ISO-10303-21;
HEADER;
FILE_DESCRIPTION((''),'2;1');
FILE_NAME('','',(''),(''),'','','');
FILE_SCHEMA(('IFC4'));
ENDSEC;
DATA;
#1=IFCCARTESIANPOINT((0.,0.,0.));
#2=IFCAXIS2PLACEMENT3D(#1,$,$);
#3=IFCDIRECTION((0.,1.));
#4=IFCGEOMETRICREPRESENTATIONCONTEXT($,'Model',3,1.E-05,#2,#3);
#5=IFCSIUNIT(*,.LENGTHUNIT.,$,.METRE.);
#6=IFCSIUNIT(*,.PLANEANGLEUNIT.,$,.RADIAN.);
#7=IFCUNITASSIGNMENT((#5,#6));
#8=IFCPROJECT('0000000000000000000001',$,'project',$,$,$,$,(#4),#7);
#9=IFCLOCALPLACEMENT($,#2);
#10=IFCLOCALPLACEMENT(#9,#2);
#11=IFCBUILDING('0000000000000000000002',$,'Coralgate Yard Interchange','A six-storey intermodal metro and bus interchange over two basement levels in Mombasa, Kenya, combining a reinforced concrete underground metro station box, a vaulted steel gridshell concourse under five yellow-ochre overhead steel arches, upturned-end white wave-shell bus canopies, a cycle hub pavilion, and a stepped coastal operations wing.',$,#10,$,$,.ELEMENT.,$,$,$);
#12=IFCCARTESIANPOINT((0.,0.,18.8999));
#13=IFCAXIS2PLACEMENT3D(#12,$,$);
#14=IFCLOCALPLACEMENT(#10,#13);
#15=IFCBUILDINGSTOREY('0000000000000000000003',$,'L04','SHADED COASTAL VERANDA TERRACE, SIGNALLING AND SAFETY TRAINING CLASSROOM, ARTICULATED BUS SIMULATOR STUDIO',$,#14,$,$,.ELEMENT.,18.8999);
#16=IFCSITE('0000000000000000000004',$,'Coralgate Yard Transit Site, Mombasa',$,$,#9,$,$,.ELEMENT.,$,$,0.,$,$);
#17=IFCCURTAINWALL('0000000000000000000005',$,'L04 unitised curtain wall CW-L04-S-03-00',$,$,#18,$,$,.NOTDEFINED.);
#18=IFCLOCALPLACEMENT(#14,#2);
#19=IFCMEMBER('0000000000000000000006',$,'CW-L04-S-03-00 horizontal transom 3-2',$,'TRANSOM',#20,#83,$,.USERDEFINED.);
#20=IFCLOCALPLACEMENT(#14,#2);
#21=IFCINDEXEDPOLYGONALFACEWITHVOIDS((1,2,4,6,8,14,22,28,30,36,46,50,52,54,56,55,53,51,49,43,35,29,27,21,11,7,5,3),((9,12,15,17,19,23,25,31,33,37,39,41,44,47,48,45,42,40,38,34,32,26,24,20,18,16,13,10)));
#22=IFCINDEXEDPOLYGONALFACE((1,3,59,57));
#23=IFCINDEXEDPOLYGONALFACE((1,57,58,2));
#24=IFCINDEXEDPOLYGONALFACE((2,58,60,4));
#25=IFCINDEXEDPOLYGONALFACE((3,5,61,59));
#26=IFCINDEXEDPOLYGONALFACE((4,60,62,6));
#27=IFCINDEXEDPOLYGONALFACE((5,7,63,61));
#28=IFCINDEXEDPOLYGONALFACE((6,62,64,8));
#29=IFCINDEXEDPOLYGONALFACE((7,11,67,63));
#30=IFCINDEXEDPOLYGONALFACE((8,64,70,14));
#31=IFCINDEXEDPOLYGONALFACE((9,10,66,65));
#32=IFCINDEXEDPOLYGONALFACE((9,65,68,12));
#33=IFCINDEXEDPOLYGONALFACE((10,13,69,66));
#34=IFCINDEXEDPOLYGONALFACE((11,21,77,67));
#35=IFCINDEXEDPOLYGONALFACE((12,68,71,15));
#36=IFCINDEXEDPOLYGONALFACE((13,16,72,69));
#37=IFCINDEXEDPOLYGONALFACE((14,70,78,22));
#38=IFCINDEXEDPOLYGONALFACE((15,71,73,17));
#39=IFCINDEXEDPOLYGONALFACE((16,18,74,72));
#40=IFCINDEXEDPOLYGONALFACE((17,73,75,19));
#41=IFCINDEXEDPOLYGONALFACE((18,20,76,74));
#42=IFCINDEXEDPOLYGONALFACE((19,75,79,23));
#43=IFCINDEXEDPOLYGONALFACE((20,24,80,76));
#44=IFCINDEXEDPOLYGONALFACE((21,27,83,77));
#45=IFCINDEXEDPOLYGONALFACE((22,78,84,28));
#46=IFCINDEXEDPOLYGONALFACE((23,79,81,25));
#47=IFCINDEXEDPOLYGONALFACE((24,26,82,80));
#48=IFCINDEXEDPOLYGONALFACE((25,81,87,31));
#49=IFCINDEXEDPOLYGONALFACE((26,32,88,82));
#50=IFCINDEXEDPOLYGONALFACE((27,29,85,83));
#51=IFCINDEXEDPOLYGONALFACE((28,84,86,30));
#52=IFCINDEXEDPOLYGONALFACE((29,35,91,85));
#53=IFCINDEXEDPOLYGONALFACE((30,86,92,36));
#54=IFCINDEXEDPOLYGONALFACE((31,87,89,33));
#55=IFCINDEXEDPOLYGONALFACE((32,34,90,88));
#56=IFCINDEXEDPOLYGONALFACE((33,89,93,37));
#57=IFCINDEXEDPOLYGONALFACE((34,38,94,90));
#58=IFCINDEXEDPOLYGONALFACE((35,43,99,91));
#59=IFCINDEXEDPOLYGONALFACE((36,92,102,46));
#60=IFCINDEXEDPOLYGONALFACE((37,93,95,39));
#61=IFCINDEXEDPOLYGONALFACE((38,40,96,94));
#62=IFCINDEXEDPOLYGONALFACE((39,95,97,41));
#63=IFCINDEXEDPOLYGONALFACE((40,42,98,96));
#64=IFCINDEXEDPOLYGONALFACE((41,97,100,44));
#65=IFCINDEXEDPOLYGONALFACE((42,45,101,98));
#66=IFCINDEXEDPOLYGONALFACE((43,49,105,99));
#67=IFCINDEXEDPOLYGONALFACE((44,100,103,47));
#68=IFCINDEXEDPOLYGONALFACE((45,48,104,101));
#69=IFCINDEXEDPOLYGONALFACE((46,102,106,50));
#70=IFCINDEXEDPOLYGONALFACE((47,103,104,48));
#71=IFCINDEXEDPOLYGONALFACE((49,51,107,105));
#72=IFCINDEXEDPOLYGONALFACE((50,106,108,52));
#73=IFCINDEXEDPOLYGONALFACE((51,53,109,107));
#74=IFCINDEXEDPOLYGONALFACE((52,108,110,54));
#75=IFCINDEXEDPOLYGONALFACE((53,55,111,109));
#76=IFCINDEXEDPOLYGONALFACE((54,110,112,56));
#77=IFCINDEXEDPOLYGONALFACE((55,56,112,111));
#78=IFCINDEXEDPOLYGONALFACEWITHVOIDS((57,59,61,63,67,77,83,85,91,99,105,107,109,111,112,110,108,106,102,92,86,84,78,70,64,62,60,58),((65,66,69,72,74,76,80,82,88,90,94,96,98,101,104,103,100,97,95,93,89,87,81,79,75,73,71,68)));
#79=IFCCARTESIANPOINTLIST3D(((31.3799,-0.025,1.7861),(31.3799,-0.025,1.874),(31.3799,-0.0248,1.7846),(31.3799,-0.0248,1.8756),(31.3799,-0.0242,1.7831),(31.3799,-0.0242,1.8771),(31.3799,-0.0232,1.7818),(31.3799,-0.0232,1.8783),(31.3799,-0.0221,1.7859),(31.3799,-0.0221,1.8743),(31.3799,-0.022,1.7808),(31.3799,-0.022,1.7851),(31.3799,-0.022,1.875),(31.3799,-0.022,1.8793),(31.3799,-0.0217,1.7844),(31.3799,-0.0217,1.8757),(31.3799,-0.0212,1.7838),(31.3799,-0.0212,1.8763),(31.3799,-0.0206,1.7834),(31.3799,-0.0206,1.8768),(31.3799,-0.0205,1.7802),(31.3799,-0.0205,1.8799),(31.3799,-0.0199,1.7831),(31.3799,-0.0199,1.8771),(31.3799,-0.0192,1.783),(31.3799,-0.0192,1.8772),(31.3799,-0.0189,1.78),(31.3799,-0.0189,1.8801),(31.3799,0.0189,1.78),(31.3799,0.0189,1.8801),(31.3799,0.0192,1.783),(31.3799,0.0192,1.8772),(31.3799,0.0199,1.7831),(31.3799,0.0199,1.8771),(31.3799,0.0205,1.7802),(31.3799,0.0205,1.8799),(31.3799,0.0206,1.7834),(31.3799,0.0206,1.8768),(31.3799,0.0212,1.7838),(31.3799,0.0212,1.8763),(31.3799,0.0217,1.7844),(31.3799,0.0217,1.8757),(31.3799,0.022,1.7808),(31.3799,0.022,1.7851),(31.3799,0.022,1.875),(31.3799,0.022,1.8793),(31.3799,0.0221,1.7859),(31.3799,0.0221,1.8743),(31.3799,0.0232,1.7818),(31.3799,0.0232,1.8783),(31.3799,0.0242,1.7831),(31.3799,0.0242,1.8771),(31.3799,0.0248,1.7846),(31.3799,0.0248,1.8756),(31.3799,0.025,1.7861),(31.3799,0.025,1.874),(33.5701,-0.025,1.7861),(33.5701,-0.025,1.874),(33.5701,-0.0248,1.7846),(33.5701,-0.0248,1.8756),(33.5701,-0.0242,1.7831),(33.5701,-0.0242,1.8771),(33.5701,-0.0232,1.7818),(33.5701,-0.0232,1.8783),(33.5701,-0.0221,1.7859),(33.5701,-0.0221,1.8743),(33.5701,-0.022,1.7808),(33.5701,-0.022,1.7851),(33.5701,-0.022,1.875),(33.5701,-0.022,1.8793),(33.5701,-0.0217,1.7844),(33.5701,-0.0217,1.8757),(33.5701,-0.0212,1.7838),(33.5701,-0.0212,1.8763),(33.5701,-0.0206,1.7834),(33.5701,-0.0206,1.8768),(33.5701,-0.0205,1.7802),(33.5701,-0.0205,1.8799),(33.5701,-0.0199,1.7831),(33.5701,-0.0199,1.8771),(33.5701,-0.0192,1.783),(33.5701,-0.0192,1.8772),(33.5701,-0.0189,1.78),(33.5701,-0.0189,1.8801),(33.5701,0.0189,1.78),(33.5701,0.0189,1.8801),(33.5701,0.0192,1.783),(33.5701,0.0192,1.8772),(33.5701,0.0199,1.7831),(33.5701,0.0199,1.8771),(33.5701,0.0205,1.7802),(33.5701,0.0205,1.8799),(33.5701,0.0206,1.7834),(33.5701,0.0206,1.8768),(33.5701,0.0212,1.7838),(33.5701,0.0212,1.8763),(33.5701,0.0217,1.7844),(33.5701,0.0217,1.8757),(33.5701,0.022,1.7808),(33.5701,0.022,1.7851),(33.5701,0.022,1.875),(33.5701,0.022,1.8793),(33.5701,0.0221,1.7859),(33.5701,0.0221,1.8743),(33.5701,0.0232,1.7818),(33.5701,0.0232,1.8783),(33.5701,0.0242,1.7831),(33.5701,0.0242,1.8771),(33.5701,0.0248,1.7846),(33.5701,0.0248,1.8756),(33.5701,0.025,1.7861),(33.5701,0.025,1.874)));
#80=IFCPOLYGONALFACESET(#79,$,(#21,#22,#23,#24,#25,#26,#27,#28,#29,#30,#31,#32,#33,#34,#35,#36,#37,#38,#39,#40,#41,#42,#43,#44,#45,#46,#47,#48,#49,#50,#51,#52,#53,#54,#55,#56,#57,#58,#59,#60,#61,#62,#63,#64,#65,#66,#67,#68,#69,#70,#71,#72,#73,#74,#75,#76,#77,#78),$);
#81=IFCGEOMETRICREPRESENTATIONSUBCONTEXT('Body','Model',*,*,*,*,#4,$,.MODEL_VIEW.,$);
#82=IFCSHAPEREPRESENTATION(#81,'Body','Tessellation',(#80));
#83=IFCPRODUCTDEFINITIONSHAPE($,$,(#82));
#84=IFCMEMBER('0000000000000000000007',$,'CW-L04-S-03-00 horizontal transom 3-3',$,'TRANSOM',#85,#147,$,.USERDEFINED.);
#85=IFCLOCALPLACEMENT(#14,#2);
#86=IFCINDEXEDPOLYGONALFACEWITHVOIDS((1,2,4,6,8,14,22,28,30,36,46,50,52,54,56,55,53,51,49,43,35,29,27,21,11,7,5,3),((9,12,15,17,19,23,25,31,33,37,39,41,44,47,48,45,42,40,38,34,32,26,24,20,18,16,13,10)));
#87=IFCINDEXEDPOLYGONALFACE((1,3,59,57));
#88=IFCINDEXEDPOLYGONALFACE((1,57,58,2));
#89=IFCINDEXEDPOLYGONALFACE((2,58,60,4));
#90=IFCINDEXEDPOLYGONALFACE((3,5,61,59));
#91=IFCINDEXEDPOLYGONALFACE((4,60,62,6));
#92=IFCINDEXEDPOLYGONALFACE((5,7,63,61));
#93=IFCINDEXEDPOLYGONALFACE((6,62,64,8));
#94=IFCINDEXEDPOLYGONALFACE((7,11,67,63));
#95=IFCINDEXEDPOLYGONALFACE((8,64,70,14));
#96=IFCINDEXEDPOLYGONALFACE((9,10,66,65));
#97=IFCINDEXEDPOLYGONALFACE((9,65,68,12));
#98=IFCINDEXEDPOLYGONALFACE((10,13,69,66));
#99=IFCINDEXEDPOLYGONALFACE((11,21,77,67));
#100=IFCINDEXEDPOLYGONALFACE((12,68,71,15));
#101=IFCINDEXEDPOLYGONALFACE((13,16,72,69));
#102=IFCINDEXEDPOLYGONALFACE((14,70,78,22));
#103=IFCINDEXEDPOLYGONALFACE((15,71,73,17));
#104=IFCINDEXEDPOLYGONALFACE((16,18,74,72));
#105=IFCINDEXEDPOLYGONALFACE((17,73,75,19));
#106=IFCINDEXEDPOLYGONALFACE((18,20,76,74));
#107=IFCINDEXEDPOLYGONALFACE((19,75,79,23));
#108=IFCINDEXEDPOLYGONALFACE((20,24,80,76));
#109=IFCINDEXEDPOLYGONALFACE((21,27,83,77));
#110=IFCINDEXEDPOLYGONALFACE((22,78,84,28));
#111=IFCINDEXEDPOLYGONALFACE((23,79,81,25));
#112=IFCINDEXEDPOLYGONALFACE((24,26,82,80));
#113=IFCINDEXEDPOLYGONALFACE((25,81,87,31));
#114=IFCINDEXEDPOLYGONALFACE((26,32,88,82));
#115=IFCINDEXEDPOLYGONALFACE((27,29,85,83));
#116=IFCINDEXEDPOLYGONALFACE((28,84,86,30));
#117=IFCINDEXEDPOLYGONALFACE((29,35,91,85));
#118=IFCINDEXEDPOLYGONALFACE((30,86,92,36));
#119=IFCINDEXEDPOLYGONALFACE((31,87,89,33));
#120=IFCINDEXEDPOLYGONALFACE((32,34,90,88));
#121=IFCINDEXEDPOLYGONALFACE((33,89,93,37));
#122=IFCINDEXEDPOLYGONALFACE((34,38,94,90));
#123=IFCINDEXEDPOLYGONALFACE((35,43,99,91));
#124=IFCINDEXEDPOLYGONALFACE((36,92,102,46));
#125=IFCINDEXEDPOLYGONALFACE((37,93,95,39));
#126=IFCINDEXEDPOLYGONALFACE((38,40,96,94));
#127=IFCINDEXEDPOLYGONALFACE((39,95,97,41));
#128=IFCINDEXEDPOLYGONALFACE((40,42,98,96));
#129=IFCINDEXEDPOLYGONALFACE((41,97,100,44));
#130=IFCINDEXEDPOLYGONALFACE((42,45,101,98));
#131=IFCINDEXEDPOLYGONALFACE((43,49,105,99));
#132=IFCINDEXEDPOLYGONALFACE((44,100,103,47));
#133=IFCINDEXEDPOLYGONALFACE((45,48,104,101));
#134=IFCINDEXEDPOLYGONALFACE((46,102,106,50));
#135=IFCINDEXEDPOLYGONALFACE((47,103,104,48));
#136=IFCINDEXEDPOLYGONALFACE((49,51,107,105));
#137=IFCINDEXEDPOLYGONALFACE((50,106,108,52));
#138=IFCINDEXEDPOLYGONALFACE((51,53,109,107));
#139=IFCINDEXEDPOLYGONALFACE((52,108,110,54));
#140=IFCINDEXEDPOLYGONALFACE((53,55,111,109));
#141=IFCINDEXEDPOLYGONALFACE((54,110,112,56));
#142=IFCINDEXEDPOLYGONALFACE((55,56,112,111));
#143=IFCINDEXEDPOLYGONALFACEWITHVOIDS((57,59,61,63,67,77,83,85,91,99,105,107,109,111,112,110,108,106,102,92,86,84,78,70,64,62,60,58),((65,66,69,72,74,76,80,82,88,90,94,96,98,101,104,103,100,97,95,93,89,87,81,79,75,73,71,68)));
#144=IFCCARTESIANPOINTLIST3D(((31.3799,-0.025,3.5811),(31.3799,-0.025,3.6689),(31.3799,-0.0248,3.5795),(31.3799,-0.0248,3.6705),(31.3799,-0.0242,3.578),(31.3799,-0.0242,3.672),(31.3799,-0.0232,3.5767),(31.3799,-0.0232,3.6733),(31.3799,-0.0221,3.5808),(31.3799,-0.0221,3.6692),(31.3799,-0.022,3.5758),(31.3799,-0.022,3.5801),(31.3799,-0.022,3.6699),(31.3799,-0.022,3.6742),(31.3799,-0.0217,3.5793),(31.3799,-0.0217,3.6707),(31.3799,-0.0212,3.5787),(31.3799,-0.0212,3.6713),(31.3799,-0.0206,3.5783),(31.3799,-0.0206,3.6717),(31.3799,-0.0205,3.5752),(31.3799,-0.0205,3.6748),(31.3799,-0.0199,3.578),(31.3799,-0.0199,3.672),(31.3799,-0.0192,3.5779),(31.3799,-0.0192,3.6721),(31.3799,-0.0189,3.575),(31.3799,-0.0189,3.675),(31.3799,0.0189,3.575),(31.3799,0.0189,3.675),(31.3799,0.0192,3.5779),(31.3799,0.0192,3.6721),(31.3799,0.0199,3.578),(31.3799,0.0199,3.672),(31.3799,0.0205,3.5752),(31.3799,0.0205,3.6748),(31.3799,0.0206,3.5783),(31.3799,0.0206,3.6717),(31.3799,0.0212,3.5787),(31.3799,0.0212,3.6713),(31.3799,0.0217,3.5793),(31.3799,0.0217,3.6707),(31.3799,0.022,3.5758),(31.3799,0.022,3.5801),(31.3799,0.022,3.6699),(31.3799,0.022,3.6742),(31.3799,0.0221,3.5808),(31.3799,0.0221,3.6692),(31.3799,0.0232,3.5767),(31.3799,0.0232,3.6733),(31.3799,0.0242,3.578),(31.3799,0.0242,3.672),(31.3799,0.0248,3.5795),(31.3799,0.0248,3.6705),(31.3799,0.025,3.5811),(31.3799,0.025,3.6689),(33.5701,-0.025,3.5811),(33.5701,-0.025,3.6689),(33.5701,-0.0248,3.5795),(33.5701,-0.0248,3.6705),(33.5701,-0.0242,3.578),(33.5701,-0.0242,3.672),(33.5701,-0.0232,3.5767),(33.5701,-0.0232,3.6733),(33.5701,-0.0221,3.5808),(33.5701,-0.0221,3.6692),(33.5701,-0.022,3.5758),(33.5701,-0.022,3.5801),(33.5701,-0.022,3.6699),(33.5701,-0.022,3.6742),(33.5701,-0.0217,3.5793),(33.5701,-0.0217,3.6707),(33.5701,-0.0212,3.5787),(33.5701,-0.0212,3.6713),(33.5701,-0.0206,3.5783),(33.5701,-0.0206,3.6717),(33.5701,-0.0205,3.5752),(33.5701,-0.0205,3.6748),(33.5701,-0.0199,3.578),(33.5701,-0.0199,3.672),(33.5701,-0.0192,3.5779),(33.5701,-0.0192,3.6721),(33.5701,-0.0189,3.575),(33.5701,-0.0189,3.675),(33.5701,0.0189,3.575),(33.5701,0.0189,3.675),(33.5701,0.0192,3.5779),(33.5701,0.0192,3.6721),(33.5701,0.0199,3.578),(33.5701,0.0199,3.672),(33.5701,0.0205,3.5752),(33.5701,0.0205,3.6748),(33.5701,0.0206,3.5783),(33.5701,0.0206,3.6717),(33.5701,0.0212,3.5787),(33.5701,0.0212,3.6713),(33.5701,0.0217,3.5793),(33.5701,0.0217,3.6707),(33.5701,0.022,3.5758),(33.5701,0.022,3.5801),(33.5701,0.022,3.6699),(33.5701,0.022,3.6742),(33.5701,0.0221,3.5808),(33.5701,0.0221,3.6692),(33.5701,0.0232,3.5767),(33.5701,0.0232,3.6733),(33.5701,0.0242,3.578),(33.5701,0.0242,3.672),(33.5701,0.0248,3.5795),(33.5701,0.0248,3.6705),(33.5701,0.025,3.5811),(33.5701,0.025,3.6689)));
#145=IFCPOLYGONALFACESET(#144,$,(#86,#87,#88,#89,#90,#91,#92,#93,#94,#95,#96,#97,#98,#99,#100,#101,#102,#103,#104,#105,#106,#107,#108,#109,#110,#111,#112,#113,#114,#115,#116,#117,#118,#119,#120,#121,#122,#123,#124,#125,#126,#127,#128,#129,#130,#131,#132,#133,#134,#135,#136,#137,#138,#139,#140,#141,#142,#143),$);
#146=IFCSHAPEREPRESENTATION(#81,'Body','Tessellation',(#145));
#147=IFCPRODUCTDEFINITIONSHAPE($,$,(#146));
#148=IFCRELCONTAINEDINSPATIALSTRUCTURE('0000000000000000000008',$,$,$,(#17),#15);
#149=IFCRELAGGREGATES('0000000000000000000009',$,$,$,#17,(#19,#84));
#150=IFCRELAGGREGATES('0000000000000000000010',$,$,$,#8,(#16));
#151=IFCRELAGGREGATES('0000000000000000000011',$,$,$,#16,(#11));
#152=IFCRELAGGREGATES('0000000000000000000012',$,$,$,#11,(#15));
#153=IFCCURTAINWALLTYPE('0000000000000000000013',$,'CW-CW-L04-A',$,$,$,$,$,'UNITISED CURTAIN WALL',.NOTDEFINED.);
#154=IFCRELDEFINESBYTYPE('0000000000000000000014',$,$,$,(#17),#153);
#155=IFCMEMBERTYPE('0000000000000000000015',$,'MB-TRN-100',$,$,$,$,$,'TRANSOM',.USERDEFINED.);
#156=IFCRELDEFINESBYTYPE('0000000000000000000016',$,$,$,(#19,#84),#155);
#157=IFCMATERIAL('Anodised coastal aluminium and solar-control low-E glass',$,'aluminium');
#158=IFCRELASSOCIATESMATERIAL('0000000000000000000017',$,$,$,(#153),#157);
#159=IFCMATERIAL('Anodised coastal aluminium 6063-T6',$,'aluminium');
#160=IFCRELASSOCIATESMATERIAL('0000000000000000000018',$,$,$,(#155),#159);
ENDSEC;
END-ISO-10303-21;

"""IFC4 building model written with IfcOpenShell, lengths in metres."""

from ifc_helpers import new_model, si_unit, direction, frame, origin, origin_2d, place, context, subcontext, project, spatial, hollow_rectangle, extrude, material, material_profile, profile_set, type_object, element, aggregate, save


model = new_model("IFC4")

# Units and contexts
model_context = context("Model", 3, precision=1e-05, world=origin(), true_north=direction((0.0, 1.0)))
body_context = subcontext(model_context, "Body", "Model", "MODEL_VIEW")
ifc_project = project(units=[si_unit("LENGTHUNIT", "METRE"), si_unit("PLANEANGLEUNIT", "RADIAN")], contexts=[model_context])

# Site, building, storey
site_placement = place(None, origin())
site = spatial("IfcSite", under=ifc_project, at=site_placement, Name="Coralgate Yard Transit Site, Mombasa", CompositionType="ELEMENT", RefElevation=0.0)
building_placement = place(site_placement, origin())
building = spatial("IfcBuilding", under=site, at=building_placement, Name="Coralgate Yard Interchange", Description="A six-storey intermodal metro and bus interchange over two basement levels in Mombasa, Kenya, combining a reinforced concrete underground metro station box, a vaulted steel gridshell concourse under five yellow-ochre overhead steel arches, upturned-end white wave-shell bus canopies, a cycle hub pavilion, and a stepped coastal operations wing.", CompositionType="ELEMENT")
storey_placement = place(building_placement, frame((0.0, 0.0, 18.8999)))
storey = spatial("IfcBuildingStorey", under=building, at=storey_placement, Name="L04", Description="SHADED COASTAL VERANDA TERRACE, SIGNALLING AND SAFETY TRAINING CLASSROOM, ARTICULATED BUS SIMULATOR STUDIO", CompositionType="ELEMENT", Elevation=18.8999)

# Curtain wall, members
ifc_material_1 = material(Name="Anodised coastal aluminium and solar-control low-E glass", Category="aluminium")
curtain_wall_type = type_object("IfcCurtainWallType", Name="CW-CW-L04-A", ElementType="UNITISED CURTAIN WALL", PredefinedType="NOTDEFINED", material=ifc_material_1)
curtain_wall_placement = place(storey_placement, origin())
curtain_wall = element("IfcCurtainWall", 1, at=curtain_wall_placement, inside=storey, type_object=curtain_wall_type, Name="L04 unitised curtain wall CW-L04-S-03-00", PredefinedType="NOTDEFINED")
ifc_material_2 = material(Name="Anodised coastal aluminium 6063-T6", Category="aluminium")
ifc_material_profile_1 = material_profile(ifc_material_2, hollow_rectangle(XDim=0.05, YDim=0.1001, WallThickness=0.0029, InnerFilletRadius=0.0029, OuterFilletRadius=0.0061, at=origin_2d()), Name="ALU 50x100x3")
ifc_profile_set_1 = profile_set([ifc_material_profile_1], Name="Anodised coastal aluminium 6063-T6")
member_type_1 = type_object("IfcMemberType", Name="MB-TRN-100", ElementType="TRANSOM", PredefinedType="USERDEFINED", material=ifc_profile_set_1)
member_1_placement = place(storey_placement, frame((33.5701, 0.0, 1.8301), z_axis=(-1.0, 0.0, 0.0), x_axis=(0.0, -1.0, 0.0)))
member_1 = element("IfcMember", 2, at=member_1_placement, type_object=member_type_1, Name="CW-L04-S-03-00 horizontal transom 3-2", ObjectType="TRANSOM", PredefinedType="USERDEFINED", context=body_context, shape_type="SweptSolid", body=[
    extrude(hollow_rectangle(XDim=0.05, YDim=0.1001, WallThickness=0.0029, InnerFilletRadius=0.0029, OuterFilletRadius=0.0061, at=origin_2d()), origin(), (0.0, 0.0, 1.0), 2.1902),
])
member_2_placement = place(storey_placement, frame((33.5701, 0.0, 3.625), z_axis=(-1.0, 0.0, 0.0), x_axis=(0.0, -1.0, 0.0)))
member_2 = element("IfcMember", 3, at=member_2_placement, type_object=member_type_1, Name="CW-L04-S-03-00 horizontal transom 3-3", ObjectType="TRANSOM", PredefinedType="USERDEFINED", context=body_context, shape_type="SweptSolid", body=[
    extrude(hollow_rectangle(XDim=0.05, YDim=0.1001, WallThickness=0.0029, InnerFilletRadius=0.0029, OuterFilletRadius=0.0061, at=origin_2d()), origin(), (0.0, 0.0, 1.0), 2.1902),
])
aggregate(curtain_wall, [member_1, member_2])

save(model, "model.ifc")
